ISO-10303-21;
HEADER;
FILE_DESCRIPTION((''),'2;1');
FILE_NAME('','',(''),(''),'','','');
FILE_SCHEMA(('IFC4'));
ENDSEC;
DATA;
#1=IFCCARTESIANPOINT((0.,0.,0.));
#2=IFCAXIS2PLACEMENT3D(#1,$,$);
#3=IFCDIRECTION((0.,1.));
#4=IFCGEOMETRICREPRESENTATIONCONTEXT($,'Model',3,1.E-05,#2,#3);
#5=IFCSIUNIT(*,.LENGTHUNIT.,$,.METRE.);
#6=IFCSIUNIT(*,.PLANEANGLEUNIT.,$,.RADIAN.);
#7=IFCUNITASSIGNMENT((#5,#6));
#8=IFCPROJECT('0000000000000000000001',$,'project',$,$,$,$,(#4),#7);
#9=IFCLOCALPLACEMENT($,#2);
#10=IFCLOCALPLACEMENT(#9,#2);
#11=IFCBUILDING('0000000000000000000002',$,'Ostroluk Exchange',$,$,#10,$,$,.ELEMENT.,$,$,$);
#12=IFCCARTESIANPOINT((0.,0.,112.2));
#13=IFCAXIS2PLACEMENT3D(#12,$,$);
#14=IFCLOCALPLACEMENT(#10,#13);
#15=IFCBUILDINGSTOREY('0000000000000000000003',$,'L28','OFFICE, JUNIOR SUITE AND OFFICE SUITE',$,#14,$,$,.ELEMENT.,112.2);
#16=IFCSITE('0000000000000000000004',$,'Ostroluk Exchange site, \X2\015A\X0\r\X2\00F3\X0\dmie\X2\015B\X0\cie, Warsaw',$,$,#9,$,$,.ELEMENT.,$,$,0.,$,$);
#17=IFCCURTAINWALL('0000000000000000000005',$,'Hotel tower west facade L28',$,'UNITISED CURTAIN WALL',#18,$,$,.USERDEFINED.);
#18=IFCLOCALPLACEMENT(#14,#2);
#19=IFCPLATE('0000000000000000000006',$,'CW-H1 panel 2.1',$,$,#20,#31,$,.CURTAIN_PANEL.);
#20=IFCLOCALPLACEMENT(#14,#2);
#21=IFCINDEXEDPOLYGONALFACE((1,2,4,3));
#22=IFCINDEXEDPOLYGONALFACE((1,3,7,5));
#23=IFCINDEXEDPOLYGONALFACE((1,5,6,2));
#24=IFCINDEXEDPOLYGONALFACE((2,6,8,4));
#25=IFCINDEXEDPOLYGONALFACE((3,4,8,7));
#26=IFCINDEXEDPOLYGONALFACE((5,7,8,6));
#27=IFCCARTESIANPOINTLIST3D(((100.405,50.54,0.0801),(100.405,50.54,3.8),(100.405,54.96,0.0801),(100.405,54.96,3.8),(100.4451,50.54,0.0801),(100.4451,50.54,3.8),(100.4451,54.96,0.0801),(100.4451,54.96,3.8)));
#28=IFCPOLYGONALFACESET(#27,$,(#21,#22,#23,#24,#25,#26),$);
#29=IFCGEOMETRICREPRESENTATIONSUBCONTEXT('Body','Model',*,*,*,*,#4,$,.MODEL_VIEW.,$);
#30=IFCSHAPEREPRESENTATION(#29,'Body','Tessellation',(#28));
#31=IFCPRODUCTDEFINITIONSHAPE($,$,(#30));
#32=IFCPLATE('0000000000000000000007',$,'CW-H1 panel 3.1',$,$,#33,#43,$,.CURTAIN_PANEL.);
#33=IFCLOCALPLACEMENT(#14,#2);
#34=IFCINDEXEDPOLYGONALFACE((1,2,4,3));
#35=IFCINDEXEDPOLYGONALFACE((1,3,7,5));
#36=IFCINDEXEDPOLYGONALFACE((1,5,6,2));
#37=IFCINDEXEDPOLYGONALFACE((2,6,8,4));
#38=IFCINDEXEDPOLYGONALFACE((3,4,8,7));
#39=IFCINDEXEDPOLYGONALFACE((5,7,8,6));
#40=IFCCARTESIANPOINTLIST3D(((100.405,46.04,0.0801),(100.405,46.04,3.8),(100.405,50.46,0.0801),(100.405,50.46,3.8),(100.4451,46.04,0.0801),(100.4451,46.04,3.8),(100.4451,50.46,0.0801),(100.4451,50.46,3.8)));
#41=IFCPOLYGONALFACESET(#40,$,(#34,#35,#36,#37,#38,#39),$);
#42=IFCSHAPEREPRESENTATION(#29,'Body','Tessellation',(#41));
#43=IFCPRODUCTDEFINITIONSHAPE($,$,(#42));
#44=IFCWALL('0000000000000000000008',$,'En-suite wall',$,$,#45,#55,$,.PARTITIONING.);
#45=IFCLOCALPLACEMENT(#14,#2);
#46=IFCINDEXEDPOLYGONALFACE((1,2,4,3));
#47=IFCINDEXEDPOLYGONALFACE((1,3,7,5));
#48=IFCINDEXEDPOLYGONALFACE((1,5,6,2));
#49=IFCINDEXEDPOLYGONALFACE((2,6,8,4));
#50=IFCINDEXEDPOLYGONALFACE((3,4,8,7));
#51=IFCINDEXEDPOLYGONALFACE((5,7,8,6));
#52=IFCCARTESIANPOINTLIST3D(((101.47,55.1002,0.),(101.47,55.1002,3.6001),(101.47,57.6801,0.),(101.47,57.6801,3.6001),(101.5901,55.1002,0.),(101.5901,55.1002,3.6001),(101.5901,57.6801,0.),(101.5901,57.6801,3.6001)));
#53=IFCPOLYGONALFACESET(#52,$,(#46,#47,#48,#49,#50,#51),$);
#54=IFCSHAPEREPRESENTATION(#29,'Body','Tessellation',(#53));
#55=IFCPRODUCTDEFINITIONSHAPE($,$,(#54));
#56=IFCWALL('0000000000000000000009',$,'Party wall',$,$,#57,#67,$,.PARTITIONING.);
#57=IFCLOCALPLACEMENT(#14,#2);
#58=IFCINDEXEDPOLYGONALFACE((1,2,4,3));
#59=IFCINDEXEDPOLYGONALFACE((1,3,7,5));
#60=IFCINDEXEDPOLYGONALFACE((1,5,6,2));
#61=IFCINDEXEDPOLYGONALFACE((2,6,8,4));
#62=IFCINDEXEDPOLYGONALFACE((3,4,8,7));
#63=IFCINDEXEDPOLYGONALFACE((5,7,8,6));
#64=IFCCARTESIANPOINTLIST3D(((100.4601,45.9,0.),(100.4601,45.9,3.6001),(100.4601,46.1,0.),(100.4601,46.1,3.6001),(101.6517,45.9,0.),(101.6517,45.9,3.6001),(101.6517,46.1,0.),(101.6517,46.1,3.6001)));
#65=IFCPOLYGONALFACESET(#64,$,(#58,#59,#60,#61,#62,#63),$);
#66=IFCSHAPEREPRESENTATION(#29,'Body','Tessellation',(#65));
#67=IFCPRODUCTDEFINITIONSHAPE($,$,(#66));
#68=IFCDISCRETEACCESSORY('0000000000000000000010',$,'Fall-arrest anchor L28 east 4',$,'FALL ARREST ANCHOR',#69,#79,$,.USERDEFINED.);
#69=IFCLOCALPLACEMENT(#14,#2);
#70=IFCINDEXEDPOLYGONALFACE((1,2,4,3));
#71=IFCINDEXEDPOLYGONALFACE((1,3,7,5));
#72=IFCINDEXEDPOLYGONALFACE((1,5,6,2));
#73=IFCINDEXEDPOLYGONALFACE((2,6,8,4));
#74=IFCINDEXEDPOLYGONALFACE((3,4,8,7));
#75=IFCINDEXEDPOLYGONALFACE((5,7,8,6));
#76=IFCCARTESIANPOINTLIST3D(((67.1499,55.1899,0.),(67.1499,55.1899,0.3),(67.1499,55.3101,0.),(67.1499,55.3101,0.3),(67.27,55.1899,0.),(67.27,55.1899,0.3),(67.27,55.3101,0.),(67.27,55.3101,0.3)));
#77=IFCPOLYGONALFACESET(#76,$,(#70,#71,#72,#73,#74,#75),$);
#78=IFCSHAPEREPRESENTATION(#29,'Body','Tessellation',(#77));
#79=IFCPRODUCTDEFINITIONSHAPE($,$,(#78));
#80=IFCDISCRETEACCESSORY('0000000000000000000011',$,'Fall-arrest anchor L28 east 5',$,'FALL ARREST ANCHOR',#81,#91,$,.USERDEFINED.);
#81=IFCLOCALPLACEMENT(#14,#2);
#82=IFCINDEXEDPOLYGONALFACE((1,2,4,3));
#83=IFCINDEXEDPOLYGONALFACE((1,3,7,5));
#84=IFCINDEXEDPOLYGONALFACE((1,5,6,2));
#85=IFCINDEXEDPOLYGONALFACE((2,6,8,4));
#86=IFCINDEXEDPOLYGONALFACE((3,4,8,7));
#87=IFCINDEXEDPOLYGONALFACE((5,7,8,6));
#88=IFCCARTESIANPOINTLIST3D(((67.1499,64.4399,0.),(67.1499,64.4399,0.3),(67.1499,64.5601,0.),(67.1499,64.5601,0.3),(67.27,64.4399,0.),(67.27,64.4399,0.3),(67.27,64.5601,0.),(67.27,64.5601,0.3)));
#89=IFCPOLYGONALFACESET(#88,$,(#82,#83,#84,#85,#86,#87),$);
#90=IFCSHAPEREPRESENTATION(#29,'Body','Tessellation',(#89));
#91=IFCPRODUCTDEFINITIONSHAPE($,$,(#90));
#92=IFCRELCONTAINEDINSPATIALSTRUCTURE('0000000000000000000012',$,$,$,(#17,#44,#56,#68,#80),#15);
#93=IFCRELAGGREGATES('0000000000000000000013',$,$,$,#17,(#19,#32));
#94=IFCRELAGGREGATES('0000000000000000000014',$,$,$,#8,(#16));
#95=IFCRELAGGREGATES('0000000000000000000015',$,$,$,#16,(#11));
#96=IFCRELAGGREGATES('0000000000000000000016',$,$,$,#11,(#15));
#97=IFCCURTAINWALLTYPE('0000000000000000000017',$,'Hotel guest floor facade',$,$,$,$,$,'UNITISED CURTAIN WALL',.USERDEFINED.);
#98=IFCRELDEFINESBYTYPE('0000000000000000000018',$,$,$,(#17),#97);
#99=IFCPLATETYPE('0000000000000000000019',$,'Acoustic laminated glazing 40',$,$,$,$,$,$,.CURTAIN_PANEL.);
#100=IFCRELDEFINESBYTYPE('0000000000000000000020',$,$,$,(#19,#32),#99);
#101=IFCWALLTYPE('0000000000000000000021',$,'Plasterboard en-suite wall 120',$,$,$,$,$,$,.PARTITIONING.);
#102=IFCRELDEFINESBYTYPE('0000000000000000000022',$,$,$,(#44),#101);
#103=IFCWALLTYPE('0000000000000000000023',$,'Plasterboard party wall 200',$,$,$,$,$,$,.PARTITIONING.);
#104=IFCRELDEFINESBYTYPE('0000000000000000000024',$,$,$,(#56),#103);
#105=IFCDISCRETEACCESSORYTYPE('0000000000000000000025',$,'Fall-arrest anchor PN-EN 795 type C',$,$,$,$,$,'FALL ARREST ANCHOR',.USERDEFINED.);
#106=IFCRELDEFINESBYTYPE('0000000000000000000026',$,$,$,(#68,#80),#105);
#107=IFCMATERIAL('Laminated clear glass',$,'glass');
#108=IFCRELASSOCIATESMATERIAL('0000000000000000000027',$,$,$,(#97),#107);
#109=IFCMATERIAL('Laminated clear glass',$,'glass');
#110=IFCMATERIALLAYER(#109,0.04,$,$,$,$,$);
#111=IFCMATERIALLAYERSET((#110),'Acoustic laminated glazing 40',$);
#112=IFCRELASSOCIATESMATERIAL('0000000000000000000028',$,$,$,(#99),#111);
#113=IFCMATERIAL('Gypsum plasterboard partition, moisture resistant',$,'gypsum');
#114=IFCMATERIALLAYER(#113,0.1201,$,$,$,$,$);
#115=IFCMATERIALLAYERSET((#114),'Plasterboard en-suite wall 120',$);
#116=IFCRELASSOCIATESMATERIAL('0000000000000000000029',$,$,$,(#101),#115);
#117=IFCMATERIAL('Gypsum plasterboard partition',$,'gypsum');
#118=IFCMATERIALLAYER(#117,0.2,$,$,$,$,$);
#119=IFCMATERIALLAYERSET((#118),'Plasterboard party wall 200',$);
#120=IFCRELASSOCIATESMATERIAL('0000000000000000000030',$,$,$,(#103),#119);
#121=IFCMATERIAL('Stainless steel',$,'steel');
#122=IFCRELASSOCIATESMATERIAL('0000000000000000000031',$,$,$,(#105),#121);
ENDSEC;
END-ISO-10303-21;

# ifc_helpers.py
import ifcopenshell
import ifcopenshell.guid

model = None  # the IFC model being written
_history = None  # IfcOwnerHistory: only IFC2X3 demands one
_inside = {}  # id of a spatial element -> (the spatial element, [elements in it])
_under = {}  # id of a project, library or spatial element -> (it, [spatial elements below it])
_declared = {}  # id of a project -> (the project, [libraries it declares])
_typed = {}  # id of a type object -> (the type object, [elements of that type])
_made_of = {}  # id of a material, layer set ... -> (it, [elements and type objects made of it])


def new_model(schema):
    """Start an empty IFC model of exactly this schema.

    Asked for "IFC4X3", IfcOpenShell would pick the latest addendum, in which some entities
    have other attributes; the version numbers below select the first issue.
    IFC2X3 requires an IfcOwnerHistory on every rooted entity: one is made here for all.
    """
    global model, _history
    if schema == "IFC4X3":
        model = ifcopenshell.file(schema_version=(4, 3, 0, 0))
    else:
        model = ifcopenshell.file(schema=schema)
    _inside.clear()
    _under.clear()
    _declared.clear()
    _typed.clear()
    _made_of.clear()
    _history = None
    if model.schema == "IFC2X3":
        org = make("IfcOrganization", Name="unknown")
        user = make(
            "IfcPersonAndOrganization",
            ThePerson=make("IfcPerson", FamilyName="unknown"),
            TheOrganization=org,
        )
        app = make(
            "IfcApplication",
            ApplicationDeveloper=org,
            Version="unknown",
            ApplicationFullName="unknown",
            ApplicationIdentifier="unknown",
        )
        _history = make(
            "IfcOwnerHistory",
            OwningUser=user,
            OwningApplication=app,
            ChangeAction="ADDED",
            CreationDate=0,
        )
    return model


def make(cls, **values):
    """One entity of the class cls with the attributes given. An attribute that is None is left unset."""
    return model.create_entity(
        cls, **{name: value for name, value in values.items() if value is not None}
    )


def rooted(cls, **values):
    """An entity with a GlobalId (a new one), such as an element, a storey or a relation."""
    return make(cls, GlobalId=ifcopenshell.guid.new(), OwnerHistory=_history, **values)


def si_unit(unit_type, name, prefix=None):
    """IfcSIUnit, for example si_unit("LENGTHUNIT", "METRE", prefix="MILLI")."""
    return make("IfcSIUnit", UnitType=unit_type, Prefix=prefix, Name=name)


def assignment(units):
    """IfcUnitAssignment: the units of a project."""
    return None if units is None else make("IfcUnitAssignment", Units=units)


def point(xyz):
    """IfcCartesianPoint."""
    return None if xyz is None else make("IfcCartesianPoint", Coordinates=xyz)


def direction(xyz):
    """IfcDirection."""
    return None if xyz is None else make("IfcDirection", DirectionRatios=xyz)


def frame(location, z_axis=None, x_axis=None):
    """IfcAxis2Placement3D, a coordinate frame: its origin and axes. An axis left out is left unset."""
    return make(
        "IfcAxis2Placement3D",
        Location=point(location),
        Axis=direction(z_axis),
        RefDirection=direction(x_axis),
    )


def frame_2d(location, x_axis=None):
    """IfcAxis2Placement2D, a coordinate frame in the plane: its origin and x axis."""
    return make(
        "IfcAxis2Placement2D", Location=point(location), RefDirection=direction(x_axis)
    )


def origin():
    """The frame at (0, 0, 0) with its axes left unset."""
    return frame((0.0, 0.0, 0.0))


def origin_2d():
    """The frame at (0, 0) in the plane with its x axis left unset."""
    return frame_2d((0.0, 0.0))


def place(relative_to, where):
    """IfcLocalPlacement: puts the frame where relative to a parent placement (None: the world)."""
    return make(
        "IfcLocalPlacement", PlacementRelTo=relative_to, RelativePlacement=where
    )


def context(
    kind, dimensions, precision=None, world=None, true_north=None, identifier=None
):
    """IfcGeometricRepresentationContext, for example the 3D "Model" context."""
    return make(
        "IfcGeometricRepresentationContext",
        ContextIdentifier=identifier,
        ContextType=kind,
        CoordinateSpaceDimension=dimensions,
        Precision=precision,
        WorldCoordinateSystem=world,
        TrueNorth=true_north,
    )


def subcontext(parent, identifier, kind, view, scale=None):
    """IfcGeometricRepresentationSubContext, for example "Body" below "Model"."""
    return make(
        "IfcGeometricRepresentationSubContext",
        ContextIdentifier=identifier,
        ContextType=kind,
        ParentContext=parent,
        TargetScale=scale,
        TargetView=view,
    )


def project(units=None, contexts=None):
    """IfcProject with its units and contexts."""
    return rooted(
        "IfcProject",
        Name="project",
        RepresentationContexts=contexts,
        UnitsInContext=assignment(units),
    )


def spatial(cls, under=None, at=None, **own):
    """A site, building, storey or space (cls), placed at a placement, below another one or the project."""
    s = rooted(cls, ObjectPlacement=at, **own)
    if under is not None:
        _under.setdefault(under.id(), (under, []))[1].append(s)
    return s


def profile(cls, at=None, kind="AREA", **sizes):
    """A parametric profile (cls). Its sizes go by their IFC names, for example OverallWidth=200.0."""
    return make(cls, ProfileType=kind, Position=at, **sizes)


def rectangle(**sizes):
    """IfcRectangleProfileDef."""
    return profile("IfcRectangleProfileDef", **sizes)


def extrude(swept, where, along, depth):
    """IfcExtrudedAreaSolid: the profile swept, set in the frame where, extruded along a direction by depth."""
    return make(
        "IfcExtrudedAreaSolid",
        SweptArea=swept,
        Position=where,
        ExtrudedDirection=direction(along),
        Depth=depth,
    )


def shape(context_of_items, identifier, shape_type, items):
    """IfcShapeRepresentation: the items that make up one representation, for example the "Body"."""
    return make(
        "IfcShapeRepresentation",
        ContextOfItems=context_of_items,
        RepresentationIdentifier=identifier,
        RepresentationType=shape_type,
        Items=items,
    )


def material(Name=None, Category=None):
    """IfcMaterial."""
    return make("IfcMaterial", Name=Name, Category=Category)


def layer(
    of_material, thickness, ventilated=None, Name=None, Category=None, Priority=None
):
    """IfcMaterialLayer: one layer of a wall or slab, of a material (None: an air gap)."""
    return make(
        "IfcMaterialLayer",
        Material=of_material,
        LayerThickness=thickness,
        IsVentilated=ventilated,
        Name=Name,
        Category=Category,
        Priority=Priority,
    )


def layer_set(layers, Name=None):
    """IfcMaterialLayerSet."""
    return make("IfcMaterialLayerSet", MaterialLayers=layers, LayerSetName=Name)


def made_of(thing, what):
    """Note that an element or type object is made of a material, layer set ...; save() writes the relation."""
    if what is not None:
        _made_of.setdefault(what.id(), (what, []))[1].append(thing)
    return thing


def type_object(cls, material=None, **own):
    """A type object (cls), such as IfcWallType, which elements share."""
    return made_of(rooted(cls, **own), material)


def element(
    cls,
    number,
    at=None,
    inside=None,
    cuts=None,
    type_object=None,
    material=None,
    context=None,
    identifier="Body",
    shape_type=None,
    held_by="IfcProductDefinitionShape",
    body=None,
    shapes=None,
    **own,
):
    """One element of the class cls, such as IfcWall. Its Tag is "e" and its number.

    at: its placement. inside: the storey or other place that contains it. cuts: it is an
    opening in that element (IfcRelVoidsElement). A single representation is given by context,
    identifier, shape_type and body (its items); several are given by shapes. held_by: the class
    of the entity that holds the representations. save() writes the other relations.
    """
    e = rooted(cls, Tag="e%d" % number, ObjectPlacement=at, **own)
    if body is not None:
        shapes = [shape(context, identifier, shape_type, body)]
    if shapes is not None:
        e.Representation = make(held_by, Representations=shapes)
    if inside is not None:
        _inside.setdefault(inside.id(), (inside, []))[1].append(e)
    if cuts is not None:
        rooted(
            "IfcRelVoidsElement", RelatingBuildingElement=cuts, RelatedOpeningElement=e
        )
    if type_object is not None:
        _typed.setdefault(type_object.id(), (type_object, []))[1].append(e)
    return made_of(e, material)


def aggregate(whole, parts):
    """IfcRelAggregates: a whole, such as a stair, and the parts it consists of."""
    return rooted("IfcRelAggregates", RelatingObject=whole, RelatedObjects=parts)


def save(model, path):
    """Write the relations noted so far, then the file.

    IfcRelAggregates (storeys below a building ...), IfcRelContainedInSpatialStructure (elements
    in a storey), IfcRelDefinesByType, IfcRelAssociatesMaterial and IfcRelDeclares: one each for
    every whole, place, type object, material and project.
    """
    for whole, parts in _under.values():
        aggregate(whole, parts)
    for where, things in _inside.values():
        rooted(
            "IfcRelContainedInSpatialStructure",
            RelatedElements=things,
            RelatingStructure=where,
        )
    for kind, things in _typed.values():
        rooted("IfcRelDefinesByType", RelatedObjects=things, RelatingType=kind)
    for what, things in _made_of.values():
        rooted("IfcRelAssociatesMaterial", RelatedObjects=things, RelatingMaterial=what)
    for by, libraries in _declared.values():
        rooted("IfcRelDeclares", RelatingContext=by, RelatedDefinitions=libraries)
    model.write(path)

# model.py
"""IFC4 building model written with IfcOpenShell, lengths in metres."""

from ifc_helpers import new_model, si_unit, direction, frame, frame_2d, origin, origin_2d, place, context, subcontext, project, spatial, rectangle, extrude, material, layer, layer_set, type_object, element, aggregate, save


model = new_model("IFC4")

# Units and contexts
model_context = context("Model", 3, precision=1e-05, world=origin(), true_north=direction((0.0, 1.0)))
body_context = subcontext(model_context, "Body", "Model", "MODEL_VIEW")
ifc_project = project(units=[si_unit("LENGTHUNIT", "METRE"), si_unit("PLANEANGLEUNIT", "RADIAN")], contexts=[model_context])

# Site, building, storey
site_placement = place(None, origin())
site = spatial("IfcSite", under=ifc_project, at=site_placement, Name="Ostroluk Exchange site, Śródmieście, Warsaw", CompositionType="ELEMENT", RefElevation=0.0)
building_placement = place(site_placement, origin())
building = spatial("IfcBuilding", under=site, at=building_placement, Name="Ostroluk Exchange", CompositionType="ELEMENT")
storey_placement = place(building_placement, frame((0.0, 0.0, 112.2)))
storey = spatial("IfcBuildingStorey", under=building, at=storey_placement, Name="L28", Description="OFFICE, JUNIOR SUITE AND OFFICE SUITE", CompositionType="ELEMENT", Elevation=112.2)

# Curtain wall
ifc_material_1 = material(Name="Laminated clear glass", Category="glass")
curtain_wall_type_1 = type_object("IfcCurtainWallType", Name="Hotel guest floor facade", ElementType="UNITISED CURTAIN WALL", PredefinedType="USERDEFINED", material=ifc_material_1)
curtain_wall_1_placement = place(storey_placement, origin())
curtain_wall_1 = element("IfcCurtainWall", 1, at=curtain_wall_1_placement, inside=storey, type_object=curtain_wall_type_1, Name="Hotel tower west facade L28", ObjectType="UNITISED CURTAIN WALL", PredefinedType="USERDEFINED")

# Plates
ifc_material_2 = material(Name="Laminated clear glass", Category="glass")
ifc_layer_1 = layer(ifc_material_2, 0.04)
ifc_layer_set_1 = layer_set([ifc_layer_1], Name="Acoustic laminated glazing 40")
plate_type = type_object("IfcPlateType", Name="Acoustic laminated glazing 40", PredefinedType="CURTAIN_PANEL", material=ifc_layer_set_1)
plate_1_placement = place(storey_placement, frame((100.425, 52.75, 0.0801), z_axis=(0.0, 0.0, 1.0), x_axis=(0.0, -1.0, 0.0)))
plate_1 = element("IfcPlate", 2, at=plate_1_placement, type_object=plate_type, Name="CW-H1 panel 2.1", PredefinedType="CURTAIN_PANEL", context=body_context, shape_type="SweptSolid", body=[
    extrude(rectangle(XDim=4.4199, YDim=0.04, at=origin_2d()), origin(), (0.0, 0.0, 1.0), 3.72),
])
plate_2_placement = place(storey_placement, frame((100.425, 48.25, 0.0801), z_axis=(0.0, 0.0, 1.0), x_axis=(0.0, -1.0, 0.0)))
plate_2 = element("IfcPlate", 3, at=plate_2_placement, type_object=plate_type, Name="CW-H1 panel 3.1", PredefinedType="CURTAIN_PANEL", context=body_context, shape_type="SweptSolid", body=[
    extrude(rectangle(XDim=4.4199, YDim=0.04, at=origin_2d()), origin(), (0.0, 0.0, 1.0), 3.72),
])
aggregate(curtain_wall_1, [plate_1, plate_2])

# Walls
ifc_material_3 = material(Name="Gypsum plasterboard partition, moisture resistant", Category="gypsum")
ifc_layer_2 = layer(ifc_material_3, 0.1201)
ifc_layer_set_2 = layer_set([ifc_layer_2], Name="Plasterboard en-suite wall 120")
wall_type_1 = type_object("IfcWallType", Name="Plasterboard en-suite wall 120", PredefinedType="PARTITIONING", material=ifc_layer_set_2)
wall_1_placement = place(storey_placement, frame((101.53, 55.1001, 0.0), z_axis=(0.0, 0.0, 1.0), x_axis=(0.0, 1.0, 0.0)))
element("IfcWall", 4, at=wall_1_placement, inside=storey, type_object=wall_type_1, Name="En-suite wall", PredefinedType="PARTITIONING", context=body_context, shape_type="SweptSolid", body=[
    extrude(rectangle(XDim=2.5798, YDim=0.1201, at=frame_2d((1.29, 0.0))), origin(), (0.0, 0.0, 1.0), 3.6001),
])
ifc_material_4 = material(Name="Gypsum plasterboard partition", Category="gypsum")
ifc_layer_3 = layer(ifc_material_4, 0.2)
ifc_layer_set_3 = layer_set([ifc_layer_3], Name="Plasterboard party wall 200")
wall_type_2 = type_object("IfcWallType", Name="Plasterboard party wall 200", PredefinedType="PARTITIONING", material=ifc_layer_set_3)
wall_2_placement = place(storey_placement, frame((101.6516, 46.0, 0.0), z_axis=(0.0, 0.0, 1.0), x_axis=(-1.0, 0.0, 0.0)))
element("IfcWall", 5, at=wall_2_placement, inside=storey, type_object=wall_type_2, Name="Party wall", PredefinedType="PARTITIONING", context=body_context, shape_type="SweptSolid", body=[
    extrude(rectangle(XDim=1.1917, YDim=0.2, at=frame_2d((0.5957, 0.0))), origin(), (0.0, 0.0, 1.0), 3.6001),
])

# Discrete accessories
ifc_material_5 = material(Name="Stainless steel", Category="steel")
discrete_accessory_type = type_object("IfcDiscreteAccessoryType", Name="Fall-arrest anchor PN-EN 795 type C", ElementType="FALL ARREST ANCHOR", PredefinedType="USERDEFINED", material=ifc_material_5)
for number, where, z_axis, x_axis, name in (
    (6, (67.21, 55.25, 0.0), (0.0, 0.0, 1.0), (1.0, 0.0, 0.0), "Fall-arrest anchor L28 east 4"),
    (7, (67.21, 64.5, 0.0), (0.0, 0.0, 1.0), (1.0, 0.0, 0.0), "Fall-arrest anchor L28 east 5"),
):
    element("IfcDiscreteAccessory", number, at=place(storey_placement, frame(where, z_axis=z_axis, x_axis=x_axis)), inside=storey, type_object=discrete_accessory_type, Name=name, ObjectType="FALL ARREST ANCHOR", PredefinedType="USERDEFINED", context=body_context, shape_type="SweptSolid", body=[
        extrude(rectangle(XDim=0.1201, YDim=0.1201, at=origin_2d()), origin(), (0.0, 0.0, 1.0), 0.3),
    ])

save(model, "model.ifc")
